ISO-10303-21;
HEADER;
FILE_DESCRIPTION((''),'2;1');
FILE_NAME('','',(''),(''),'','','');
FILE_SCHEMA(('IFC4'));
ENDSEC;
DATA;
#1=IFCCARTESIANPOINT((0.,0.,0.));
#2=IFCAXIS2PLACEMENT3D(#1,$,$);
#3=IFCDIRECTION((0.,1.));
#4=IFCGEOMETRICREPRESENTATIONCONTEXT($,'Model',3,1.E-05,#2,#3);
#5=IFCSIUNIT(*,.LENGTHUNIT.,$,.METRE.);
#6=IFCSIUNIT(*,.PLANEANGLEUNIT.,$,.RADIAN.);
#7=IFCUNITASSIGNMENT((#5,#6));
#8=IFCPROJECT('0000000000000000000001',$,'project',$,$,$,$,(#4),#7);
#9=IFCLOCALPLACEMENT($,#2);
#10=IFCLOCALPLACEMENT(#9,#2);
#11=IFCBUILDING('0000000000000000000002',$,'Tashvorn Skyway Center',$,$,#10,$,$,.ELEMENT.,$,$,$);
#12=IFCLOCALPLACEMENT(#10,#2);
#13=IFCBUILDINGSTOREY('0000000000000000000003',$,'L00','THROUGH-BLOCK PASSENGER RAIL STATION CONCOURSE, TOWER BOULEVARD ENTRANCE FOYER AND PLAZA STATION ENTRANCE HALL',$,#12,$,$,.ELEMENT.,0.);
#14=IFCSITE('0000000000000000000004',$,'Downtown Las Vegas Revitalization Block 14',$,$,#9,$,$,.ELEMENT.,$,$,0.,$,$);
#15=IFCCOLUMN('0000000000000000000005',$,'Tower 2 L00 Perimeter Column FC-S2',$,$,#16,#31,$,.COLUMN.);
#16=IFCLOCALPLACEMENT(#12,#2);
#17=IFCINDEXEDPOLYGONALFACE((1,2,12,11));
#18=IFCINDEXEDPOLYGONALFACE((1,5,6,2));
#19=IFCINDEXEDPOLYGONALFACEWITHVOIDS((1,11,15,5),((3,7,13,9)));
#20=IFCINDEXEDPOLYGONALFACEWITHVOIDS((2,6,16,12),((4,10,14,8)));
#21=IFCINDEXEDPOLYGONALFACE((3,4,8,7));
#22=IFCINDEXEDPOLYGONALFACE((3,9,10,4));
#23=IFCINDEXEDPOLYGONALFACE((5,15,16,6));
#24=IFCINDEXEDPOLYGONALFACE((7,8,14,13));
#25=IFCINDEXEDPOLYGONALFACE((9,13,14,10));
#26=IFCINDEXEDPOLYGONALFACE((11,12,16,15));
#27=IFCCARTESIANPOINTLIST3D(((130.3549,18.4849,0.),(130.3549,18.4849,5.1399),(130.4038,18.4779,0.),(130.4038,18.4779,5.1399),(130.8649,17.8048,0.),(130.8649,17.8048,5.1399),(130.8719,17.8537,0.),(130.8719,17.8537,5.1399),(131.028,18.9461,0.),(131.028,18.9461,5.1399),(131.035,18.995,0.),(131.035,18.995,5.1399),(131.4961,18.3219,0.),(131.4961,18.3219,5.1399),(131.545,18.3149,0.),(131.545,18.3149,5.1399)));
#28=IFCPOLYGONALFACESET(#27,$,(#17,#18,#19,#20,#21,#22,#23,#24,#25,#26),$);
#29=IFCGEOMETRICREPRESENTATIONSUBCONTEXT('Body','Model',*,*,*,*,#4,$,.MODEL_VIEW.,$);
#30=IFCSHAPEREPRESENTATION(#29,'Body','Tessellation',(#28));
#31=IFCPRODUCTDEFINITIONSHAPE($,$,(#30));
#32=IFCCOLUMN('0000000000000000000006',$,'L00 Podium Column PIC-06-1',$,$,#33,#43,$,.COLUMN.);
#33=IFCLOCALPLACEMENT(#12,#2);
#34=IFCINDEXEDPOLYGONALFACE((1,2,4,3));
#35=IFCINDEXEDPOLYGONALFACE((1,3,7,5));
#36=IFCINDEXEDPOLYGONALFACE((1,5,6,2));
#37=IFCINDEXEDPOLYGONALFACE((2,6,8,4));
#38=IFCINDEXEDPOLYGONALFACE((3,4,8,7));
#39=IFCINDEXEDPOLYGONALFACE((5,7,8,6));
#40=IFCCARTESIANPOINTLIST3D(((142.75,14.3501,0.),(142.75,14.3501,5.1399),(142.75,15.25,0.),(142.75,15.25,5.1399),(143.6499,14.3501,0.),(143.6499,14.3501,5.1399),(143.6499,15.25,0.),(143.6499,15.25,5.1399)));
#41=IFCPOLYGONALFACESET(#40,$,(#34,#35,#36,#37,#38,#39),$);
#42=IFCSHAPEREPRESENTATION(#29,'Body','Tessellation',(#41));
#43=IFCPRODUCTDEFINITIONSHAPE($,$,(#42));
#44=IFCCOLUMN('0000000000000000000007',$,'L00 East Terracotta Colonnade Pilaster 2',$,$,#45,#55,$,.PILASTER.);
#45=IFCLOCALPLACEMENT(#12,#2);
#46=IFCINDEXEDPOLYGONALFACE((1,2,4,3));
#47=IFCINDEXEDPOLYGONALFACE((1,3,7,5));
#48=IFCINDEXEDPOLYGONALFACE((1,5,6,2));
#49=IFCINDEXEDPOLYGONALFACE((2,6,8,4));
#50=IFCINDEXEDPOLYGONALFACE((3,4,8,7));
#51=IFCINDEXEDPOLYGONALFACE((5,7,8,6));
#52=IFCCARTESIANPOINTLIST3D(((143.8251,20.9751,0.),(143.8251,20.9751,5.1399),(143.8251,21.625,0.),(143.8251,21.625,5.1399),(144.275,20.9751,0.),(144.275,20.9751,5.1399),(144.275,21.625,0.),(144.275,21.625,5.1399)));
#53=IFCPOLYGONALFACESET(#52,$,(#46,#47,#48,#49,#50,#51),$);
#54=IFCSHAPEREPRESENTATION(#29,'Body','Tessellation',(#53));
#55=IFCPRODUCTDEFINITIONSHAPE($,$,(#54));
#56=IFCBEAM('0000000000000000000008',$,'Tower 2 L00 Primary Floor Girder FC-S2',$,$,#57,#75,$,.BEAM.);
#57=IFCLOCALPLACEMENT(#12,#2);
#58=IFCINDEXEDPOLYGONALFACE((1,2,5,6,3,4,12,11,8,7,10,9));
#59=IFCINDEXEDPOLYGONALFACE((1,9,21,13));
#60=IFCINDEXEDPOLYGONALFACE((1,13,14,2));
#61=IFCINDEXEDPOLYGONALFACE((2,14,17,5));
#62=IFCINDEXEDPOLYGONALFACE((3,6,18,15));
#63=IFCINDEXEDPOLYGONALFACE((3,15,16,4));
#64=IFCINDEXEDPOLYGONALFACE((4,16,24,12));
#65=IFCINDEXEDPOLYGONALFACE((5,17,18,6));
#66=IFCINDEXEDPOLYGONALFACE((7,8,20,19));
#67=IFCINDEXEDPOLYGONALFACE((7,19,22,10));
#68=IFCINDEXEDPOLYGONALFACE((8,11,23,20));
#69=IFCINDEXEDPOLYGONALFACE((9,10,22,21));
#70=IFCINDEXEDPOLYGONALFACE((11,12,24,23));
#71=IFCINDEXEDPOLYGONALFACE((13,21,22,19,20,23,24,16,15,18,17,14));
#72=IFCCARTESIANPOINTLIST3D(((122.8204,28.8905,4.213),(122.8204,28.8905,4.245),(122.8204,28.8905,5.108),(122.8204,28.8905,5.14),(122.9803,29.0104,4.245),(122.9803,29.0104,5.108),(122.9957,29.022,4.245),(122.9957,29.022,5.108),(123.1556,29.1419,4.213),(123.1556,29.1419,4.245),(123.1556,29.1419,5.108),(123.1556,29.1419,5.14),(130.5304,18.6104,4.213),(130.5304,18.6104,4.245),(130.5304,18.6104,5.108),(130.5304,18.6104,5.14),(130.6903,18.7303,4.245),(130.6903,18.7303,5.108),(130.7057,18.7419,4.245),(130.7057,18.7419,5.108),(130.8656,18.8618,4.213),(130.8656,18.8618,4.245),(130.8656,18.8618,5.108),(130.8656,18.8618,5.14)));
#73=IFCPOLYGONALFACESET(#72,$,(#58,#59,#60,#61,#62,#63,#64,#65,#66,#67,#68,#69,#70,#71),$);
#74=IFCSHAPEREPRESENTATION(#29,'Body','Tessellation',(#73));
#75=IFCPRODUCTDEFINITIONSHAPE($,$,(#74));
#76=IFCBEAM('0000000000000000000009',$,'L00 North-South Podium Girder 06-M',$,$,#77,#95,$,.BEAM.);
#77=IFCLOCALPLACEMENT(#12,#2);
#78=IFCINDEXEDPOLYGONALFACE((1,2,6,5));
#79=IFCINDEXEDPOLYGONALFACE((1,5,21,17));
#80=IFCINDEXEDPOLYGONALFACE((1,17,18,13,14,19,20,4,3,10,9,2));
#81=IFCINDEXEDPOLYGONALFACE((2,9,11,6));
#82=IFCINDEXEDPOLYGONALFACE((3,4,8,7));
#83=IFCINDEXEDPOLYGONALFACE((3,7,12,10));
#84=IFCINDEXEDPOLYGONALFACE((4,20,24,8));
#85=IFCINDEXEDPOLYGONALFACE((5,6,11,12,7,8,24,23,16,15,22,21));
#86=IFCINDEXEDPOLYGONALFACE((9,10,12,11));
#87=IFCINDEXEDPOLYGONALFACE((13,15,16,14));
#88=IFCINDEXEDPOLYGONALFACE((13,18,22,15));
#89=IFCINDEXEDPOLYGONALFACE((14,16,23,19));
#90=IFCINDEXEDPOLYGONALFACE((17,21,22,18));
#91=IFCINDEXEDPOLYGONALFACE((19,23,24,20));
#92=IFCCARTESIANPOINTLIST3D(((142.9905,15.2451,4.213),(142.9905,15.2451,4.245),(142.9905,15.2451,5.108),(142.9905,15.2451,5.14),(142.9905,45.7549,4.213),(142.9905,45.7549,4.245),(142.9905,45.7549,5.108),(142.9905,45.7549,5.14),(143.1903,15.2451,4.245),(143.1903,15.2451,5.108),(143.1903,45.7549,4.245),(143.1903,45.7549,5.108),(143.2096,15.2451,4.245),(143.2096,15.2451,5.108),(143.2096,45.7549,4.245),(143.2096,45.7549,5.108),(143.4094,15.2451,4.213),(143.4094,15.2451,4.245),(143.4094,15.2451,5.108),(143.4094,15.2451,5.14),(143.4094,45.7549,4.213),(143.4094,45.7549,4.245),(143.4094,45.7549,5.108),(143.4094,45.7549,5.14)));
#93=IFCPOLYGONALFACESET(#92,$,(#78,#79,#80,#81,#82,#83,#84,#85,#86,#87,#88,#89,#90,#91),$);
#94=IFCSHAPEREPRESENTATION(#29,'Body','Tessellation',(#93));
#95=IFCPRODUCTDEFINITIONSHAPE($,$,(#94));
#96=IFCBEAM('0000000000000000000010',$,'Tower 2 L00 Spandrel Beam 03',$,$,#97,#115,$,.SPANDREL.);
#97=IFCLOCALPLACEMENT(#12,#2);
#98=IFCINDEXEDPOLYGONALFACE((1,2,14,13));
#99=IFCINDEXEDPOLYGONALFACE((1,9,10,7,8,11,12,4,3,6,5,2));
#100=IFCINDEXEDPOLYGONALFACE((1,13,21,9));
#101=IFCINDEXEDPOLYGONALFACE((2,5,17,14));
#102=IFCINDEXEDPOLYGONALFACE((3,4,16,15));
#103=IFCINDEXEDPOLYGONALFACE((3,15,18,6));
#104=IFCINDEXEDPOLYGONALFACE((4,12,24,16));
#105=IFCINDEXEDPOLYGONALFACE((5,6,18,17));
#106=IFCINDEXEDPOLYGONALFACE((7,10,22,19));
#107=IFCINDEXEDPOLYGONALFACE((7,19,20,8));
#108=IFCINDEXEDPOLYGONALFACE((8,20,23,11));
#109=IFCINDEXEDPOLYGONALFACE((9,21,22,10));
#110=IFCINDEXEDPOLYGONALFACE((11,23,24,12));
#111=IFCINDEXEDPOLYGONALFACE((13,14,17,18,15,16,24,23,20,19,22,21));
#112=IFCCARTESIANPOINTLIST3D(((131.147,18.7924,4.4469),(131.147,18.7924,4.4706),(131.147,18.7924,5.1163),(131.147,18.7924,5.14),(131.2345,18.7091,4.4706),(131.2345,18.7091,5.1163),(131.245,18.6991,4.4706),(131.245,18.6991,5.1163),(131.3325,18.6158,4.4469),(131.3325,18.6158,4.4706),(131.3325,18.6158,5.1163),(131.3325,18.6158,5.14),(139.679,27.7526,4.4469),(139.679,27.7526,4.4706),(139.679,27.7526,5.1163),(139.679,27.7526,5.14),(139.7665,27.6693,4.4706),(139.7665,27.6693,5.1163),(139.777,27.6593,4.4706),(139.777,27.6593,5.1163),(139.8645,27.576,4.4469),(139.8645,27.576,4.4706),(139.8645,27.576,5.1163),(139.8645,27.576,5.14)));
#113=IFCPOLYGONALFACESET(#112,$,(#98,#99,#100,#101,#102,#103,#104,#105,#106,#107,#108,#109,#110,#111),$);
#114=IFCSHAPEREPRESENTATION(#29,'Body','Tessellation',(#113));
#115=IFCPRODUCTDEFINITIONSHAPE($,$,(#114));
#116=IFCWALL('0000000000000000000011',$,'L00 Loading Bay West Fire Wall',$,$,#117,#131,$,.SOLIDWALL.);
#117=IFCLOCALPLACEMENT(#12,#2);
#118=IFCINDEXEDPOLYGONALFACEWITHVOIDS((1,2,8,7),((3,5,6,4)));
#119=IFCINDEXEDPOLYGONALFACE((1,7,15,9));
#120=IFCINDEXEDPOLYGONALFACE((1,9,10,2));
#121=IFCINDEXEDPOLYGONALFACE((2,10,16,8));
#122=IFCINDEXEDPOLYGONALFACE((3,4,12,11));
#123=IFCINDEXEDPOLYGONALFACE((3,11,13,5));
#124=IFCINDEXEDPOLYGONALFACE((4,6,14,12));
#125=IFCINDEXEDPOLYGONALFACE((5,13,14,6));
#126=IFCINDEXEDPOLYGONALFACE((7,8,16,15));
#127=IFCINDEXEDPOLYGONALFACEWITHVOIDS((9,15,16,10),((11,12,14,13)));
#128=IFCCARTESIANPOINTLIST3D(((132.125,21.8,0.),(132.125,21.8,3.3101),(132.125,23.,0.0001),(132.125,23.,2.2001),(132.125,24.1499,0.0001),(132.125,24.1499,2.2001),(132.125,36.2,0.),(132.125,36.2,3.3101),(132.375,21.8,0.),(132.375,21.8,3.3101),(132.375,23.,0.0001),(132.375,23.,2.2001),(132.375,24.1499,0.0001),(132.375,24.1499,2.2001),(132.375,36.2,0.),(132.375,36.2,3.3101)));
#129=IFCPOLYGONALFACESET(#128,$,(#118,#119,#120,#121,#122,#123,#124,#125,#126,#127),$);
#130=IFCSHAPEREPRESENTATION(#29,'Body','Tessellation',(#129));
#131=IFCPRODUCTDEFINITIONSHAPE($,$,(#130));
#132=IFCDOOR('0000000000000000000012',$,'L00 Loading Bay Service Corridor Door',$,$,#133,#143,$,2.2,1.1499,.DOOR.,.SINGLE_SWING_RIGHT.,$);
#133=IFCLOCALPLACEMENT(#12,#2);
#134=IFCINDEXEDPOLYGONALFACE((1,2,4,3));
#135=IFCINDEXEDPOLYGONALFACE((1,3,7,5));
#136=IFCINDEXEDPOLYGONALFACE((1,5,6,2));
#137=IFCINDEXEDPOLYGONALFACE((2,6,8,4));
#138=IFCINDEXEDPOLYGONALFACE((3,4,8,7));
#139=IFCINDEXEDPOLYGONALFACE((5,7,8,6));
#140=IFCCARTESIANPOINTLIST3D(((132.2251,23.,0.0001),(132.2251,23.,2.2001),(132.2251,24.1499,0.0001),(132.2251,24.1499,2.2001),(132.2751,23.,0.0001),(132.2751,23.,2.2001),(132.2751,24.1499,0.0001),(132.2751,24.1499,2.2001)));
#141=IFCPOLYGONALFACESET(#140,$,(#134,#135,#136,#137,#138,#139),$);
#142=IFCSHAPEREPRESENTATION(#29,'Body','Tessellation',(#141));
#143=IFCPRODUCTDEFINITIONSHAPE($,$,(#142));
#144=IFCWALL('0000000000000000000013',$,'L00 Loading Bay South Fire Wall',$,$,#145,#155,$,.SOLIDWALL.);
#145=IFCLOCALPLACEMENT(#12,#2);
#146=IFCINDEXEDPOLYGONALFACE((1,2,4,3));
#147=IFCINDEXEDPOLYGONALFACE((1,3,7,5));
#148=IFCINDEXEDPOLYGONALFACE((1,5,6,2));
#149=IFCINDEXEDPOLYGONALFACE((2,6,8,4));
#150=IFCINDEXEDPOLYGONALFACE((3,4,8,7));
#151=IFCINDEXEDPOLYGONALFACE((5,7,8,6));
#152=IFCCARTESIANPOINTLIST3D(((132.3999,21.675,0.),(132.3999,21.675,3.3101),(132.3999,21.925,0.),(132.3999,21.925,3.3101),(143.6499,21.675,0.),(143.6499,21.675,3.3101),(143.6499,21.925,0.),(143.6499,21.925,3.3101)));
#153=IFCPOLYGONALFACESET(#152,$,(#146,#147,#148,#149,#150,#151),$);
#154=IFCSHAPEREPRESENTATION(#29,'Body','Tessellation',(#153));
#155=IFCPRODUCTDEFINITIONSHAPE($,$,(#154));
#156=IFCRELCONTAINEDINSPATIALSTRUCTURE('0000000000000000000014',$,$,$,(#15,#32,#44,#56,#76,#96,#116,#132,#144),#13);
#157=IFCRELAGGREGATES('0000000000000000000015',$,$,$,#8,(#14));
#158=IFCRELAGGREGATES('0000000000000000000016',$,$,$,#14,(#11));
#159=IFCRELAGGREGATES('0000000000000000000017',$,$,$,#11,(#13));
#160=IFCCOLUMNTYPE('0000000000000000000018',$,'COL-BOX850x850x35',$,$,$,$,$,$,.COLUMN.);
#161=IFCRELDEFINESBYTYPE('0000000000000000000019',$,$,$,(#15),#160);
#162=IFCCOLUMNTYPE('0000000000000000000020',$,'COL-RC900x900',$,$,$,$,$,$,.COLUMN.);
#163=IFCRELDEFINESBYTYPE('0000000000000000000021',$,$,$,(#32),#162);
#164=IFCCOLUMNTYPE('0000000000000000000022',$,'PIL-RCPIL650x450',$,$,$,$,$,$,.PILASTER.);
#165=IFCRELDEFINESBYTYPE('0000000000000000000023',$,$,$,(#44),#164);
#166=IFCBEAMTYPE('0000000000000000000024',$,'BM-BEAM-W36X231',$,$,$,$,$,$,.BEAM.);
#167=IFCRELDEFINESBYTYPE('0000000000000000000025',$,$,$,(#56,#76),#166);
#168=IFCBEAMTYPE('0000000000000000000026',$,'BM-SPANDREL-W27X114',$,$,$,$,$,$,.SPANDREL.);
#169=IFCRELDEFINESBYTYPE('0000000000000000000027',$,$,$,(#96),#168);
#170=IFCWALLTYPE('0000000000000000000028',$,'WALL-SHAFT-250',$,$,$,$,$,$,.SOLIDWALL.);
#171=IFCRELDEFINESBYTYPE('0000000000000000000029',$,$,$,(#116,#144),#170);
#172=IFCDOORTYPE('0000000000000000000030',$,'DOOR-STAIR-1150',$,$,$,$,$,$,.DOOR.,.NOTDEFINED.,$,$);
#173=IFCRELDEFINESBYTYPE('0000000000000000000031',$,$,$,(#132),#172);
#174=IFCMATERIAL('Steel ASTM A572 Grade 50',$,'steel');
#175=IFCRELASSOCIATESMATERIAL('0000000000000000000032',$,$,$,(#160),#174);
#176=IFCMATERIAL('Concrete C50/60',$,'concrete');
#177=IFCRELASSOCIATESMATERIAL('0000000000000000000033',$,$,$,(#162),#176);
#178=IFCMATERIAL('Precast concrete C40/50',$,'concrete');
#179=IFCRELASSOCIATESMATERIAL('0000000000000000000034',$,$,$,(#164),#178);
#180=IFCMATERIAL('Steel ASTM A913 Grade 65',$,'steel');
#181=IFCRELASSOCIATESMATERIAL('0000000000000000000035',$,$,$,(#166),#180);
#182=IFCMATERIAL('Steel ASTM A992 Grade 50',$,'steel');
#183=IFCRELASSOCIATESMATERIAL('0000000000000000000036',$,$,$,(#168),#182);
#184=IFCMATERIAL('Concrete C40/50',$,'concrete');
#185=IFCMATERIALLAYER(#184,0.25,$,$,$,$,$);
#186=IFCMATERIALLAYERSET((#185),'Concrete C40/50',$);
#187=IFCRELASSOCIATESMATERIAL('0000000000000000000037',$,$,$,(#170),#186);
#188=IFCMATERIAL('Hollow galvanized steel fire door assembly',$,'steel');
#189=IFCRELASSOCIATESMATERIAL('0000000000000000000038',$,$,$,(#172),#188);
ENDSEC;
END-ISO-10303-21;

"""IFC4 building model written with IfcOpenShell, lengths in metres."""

from ifc_helpers import new_model, si_unit, direction, frame, frame_2d, origin, origin_2d, place, context, subcontext, project, spatial, rectangle, hollow_rectangle, i_section, extrude, material, layer, layer_set, material_profile, profile_set, type_object, element, fill, save


model = new_model("IFC4")

# Units and contexts
model_context = context("Model", 3, precision=1e-05, world=origin(), true_north=direction((0.0, 1.0)))
body_context = subcontext(model_context, "Body", "Model", "MODEL_VIEW")
ifc_project = project(units=[si_unit("LENGTHUNIT", "METRE"), si_unit("PLANEANGLEUNIT", "RADIAN")], contexts=[model_context])

# Site, building, storey
site_placement = place(None, origin())
site = spatial("IfcSite", under=ifc_project, at=site_placement, Name="Downtown Las Vegas Revitalization Block 14", CompositionType="ELEMENT", RefElevation=0.0)
building_placement = place(site_placement, origin())
building = spatial("IfcBuilding", under=site, at=building_placement, Name="Tashvorn Skyway Center", CompositionType="ELEMENT")
storey_placement = place(building_placement, origin())
storey = spatial("IfcBuildingStorey", under=building, at=storey_placement, Name="L00", Description="THROUGH-BLOCK PASSENGER RAIL STATION CONCOURSE, TOWER BOULEVARD ENTRANCE FOYER AND PLAZA STATION ENTRANCE HALL", CompositionType="ELEMENT", Elevation=0.0)

# Columns
ifc_material_1 = material(Name="Steel ASTM A572 Grade 50", Category="steel")
ifc_material_profile_1 = material_profile(ifc_material_1, hollow_rectangle(XDim=0.8501, YDim=0.8501, WallThickness=0.0349, at=origin_2d()), Name="BOX850x850x35")
ifc_profile_set_1 = profile_set([ifc_material_profile_1], Name="Steel ASTM A572 Grade 50")
column_type_1 = type_object("IfcColumnType", Name="COL-BOX850x850x35", PredefinedType="COLUMN", material=ifc_profile_set_1)
column_1_placement = place(storey_placement, frame((130.95, 18.3999, 0.0), z_axis=(0.0, 0.0, 1.0), x_axis=(0.8, 0.6, 0.0)))
element("IfcColumn", 1, at=column_1_placement, inside=storey, type_object=column_type_1, Name="Tower 2 L00 Perimeter Column FC-S2", PredefinedType="COLUMN", context=body_context, shape_type="SweptSolid", body=[
    extrude(hollow_rectangle(XDim=0.8501, YDim=0.8501, WallThickness=0.0349, at=origin_2d()), origin(), (0.0, 0.0, 1.0), 5.1399),
])
ifc_material_2 = material(Name="Concrete C50/60", Category="concrete")
ifc_material_profile_2 = material_profile(ifc_material_2, rectangle(XDim=0.8999, YDim=0.8999, at=origin_2d()), Name="RC900x900")
ifc_profile_set_2 = profile_set([ifc_material_profile_2], Name="Concrete C50/60")
column_type_2 = type_object("IfcColumnType", Name="COL-RC900x900", PredefinedType="COLUMN", material=ifc_profile_set_2)
column_2_placement = place(storey_placement, frame((143.2, 14.8, 0.0), z_axis=(0.0, 0.0, 1.0), x_axis=(1.0, 0.0, 0.0)))
element("IfcColumn", 2, at=column_2_placement, inside=storey, type_object=column_type_2, Name="L00 Podium Column PIC-06-1", PredefinedType="COLUMN", context=body_context, shape_type="SweptSolid", body=[
    extrude(rectangle(XDim=0.8999, YDim=0.8999, at=origin_2d()), origin(), (0.0, 0.0, 1.0), 5.1399),
])
ifc_material_3 = material(Name="Precast concrete C40/50", Category="concrete")
ifc_material_profile_3 = material_profile(ifc_material_3, rectangle(XDim=0.6499, YDim=0.45, at=origin_2d()), Name="RCPIL650x450")
ifc_profile_set_3 = profile_set([ifc_material_profile_3], Name="Precast concrete C40/50")
column_type_3 = type_object("IfcColumnType", Name="PIL-RCPIL650x450", PredefinedType="PILASTER", material=ifc_profile_set_3)
column_3_placement = place(storey_placement, frame((144.05, 21.3, 0.0), z_axis=(0.0, 0.0, 1.0), x_axis=(0.0, 1.0, 0.0)))
element("IfcColumn", 3, at=column_3_placement, inside=storey, type_object=column_type_3, Name="L00 East Terracotta Colonnade Pilaster 2", PredefinedType="PILASTER", context=body_context, shape_type="SweptSolid", body=[
    extrude(rectangle(XDim=0.6499, YDim=0.45, at=origin_2d()), origin(), (0.0, 0.0, 1.0), 5.1399),
])

# Beams
ifc_material_4 = material(Name="Steel ASTM A913 Grade 65", Category="steel")
ifc_material_profile_4 = material_profile(ifc_material_4, i_section(OverallWidth=0.4189, OverallDepth=0.927, WebThickness=0.0193, FlangeThickness=0.032, at=origin_2d()), Name="W36X231")
ifc_profile_set_4 = profile_set([ifc_material_profile_4], Name="Steel ASTM A913 Grade 65")
beam_type_1 = type_object("IfcBeamType", Name="BM-BEAM-W36X231", PredefinedType="BEAM", material=ifc_profile_set_4)
beam_1_placement = place(storey_placement, frame((130.698, 18.7361, 4.6765), z_axis=(-0.599997, 0.800002, 0.0), x_axis=(-0.800002, -0.599997, 0.0)))
element("IfcBeam", 4, at=beam_1_placement, inside=storey, type_object=beam_type_1, Name="Tower 2 L00 Primary Floor Girder FC-S2", PredefinedType="BEAM", context=body_context, shape_type="SweptSolid", body=[
    extrude(i_section(OverallWidth=0.4189, OverallDepth=0.927, WebThickness=0.0193, FlangeThickness=0.032, at=origin_2d()), origin(), (0.0, 0.0, 1.0), 12.8501),
])
beam_2_placement = place(storey_placement, frame((143.2, 15.2451, 4.6765), z_axis=(0.0, 1.0, 0.0), x_axis=(-1.0, 0.0, 0.0)))
element("IfcBeam", 5, at=beam_2_placement, inside=storey, type_object=beam_type_1, Name="L00 North-South Podium Girder 06-M", PredefinedType="BEAM", context=body_context, shape_type="SweptSolid", body=[
    extrude(i_section(OverallWidth=0.4189, OverallDepth=0.927, WebThickness=0.0193, FlangeThickness=0.032, at=origin_2d()), origin(), (0.0, 0.0, 1.0), 30.5098),
])
ifc_material_5 = material(Name="Steel ASTM A992 Grade 50", Category="steel")
ifc_material_profile_5 = material_profile(ifc_material_5, i_section(OverallWidth=0.2561, OverallDepth=0.6931, WebThickness=0.0144, FlangeThickness=0.0237, at=origin_2d()), Name="W27X114")
ifc_profile_set_5 = profile_set([ifc_material_profile_5], Name="Steel ASTM A992 Grade 50")
beam_type_2 = type_object("IfcBeamType", Name="BM-SPANDREL-W27X114", PredefinedType="SPANDREL", material=ifc_profile_set_5)
beam_3_placement = place(storey_placement, frame((131.2397, 18.7041, 4.7935), z_axis=(0.68959, 0.7242, 0.0), x_axis=(-0.7242, 0.68959, 0.0)))
element("IfcBeam", 6, at=beam_3_placement, inside=storey, type_object=beam_type_2, Name="Tower 2 L00 Spandrel Beam 03", PredefinedType="SPANDREL", context=body_context, shape_type="SweptSolid", body=[
    extrude(i_section(OverallWidth=0.2561, OverallDepth=0.6931, WebThickness=0.0144, FlangeThickness=0.0237, at=origin_2d()), origin(), (0.0, 0.0, 1.0), 12.3726),
])

# Wall, opening, door
ifc_material_6 = material(Name="Concrete C40/50", Category="concrete")
ifc_layer = layer(ifc_material_6, 0.25)
ifc_layer_set = layer_set([ifc_layer], Name="Concrete C40/50")
wall_type = type_object("IfcWallType", Name="WALL-SHAFT-250", PredefinedType="SOLIDWALL", material=ifc_layer_set)
wall_1_placement = place(storey_placement, frame((132.25, 21.8, 0.0), z_axis=(0.0, 0.0, 1.0), x_axis=(0.0, 1.0, 0.0)))
wall_1 = element("IfcWall", 7, at=wall_1_placement, inside=storey, type_object=wall_type, Name="L00 Loading Bay West Fire Wall", PredefinedType="SOLIDWALL", context=body_context, shape_type="SweptSolid", body=[
    extrude(rectangle(XDim=14.3999, YDim=0.25, at=frame_2d((7.2, 0.0))), origin(), (0.0, 0.0, 1.0), 3.3101),
])
opening_placement = place(wall_1_placement, frame((1.2, 0.0, 0.0)))
opening = element("IfcOpeningElement", 8, at=opening_placement, cuts=wall_1, PredefinedType="OPENING", context=body_context, shape_type="SweptSolid", body=[
    extrude(rectangle(XDim=1.1499, YDim=2.2, at=frame_2d((0.575, 1.1001))), frame((0.0, 0.135, 0.0), z_axis=(0.0, -1.0, 0.0), x_axis=(1.0, 0.0, 0.0)), (0.0, 0.0, 1.0), 0.27),
])
ifc_material_7 = material(Name="Hollow galvanized steel fire door assembly", Category="steel")
door_type = type_object("IfcDoorType", Name="DOOR-STAIR-1150", OperationType="NOTDEFINED", PredefinedType="DOOR", material=ifc_material_7)
door_placement = place(opening_placement, origin())
door = element("IfcDoor", 9, at=door_placement, inside=storey, type_object=door_type, Name="L00 Loading Bay Service Corridor Door", OperationType="SINGLE_SWING_RIGHT", OverallHeight=2.2, OverallWidth=1.1499, PredefinedType="DOOR", context=body_context, shape_type="SweptSolid", body=[
    extrude(rectangle(XDim=1.1499, YDim=2.2, at=frame_2d((0.575, 1.1001))), frame((0.0, 0.0249, 0.0), z_axis=(0.0, -1.0, 0.0), x_axis=(1.0, 0.0, 0.0)), (0.0, 0.0, 1.0), 0.05),
])
fill(opening, door)

# Wall
wall_2_placement = place(storey_placement, frame((132.3999, 21.8, 0.0), z_axis=(0.0, 0.0, 1.0), x_axis=(1.0, 0.0, 0.0)))
element("IfcWall", 10, at=wall_2_placement, inside=storey, type_object=wall_type, Name="L00 Loading Bay South Fire Wall", PredefinedType="SOLIDWALL", context=body_context, shape_type="SweptSolid", body=[
    extrude(rectangle(XDim=11.25, YDim=0.25, at=frame_2d((5.625, 0.0))), origin(), (0.0, 0.0, 1.0), 3.3101),
])

save(model, "model.ifc")
